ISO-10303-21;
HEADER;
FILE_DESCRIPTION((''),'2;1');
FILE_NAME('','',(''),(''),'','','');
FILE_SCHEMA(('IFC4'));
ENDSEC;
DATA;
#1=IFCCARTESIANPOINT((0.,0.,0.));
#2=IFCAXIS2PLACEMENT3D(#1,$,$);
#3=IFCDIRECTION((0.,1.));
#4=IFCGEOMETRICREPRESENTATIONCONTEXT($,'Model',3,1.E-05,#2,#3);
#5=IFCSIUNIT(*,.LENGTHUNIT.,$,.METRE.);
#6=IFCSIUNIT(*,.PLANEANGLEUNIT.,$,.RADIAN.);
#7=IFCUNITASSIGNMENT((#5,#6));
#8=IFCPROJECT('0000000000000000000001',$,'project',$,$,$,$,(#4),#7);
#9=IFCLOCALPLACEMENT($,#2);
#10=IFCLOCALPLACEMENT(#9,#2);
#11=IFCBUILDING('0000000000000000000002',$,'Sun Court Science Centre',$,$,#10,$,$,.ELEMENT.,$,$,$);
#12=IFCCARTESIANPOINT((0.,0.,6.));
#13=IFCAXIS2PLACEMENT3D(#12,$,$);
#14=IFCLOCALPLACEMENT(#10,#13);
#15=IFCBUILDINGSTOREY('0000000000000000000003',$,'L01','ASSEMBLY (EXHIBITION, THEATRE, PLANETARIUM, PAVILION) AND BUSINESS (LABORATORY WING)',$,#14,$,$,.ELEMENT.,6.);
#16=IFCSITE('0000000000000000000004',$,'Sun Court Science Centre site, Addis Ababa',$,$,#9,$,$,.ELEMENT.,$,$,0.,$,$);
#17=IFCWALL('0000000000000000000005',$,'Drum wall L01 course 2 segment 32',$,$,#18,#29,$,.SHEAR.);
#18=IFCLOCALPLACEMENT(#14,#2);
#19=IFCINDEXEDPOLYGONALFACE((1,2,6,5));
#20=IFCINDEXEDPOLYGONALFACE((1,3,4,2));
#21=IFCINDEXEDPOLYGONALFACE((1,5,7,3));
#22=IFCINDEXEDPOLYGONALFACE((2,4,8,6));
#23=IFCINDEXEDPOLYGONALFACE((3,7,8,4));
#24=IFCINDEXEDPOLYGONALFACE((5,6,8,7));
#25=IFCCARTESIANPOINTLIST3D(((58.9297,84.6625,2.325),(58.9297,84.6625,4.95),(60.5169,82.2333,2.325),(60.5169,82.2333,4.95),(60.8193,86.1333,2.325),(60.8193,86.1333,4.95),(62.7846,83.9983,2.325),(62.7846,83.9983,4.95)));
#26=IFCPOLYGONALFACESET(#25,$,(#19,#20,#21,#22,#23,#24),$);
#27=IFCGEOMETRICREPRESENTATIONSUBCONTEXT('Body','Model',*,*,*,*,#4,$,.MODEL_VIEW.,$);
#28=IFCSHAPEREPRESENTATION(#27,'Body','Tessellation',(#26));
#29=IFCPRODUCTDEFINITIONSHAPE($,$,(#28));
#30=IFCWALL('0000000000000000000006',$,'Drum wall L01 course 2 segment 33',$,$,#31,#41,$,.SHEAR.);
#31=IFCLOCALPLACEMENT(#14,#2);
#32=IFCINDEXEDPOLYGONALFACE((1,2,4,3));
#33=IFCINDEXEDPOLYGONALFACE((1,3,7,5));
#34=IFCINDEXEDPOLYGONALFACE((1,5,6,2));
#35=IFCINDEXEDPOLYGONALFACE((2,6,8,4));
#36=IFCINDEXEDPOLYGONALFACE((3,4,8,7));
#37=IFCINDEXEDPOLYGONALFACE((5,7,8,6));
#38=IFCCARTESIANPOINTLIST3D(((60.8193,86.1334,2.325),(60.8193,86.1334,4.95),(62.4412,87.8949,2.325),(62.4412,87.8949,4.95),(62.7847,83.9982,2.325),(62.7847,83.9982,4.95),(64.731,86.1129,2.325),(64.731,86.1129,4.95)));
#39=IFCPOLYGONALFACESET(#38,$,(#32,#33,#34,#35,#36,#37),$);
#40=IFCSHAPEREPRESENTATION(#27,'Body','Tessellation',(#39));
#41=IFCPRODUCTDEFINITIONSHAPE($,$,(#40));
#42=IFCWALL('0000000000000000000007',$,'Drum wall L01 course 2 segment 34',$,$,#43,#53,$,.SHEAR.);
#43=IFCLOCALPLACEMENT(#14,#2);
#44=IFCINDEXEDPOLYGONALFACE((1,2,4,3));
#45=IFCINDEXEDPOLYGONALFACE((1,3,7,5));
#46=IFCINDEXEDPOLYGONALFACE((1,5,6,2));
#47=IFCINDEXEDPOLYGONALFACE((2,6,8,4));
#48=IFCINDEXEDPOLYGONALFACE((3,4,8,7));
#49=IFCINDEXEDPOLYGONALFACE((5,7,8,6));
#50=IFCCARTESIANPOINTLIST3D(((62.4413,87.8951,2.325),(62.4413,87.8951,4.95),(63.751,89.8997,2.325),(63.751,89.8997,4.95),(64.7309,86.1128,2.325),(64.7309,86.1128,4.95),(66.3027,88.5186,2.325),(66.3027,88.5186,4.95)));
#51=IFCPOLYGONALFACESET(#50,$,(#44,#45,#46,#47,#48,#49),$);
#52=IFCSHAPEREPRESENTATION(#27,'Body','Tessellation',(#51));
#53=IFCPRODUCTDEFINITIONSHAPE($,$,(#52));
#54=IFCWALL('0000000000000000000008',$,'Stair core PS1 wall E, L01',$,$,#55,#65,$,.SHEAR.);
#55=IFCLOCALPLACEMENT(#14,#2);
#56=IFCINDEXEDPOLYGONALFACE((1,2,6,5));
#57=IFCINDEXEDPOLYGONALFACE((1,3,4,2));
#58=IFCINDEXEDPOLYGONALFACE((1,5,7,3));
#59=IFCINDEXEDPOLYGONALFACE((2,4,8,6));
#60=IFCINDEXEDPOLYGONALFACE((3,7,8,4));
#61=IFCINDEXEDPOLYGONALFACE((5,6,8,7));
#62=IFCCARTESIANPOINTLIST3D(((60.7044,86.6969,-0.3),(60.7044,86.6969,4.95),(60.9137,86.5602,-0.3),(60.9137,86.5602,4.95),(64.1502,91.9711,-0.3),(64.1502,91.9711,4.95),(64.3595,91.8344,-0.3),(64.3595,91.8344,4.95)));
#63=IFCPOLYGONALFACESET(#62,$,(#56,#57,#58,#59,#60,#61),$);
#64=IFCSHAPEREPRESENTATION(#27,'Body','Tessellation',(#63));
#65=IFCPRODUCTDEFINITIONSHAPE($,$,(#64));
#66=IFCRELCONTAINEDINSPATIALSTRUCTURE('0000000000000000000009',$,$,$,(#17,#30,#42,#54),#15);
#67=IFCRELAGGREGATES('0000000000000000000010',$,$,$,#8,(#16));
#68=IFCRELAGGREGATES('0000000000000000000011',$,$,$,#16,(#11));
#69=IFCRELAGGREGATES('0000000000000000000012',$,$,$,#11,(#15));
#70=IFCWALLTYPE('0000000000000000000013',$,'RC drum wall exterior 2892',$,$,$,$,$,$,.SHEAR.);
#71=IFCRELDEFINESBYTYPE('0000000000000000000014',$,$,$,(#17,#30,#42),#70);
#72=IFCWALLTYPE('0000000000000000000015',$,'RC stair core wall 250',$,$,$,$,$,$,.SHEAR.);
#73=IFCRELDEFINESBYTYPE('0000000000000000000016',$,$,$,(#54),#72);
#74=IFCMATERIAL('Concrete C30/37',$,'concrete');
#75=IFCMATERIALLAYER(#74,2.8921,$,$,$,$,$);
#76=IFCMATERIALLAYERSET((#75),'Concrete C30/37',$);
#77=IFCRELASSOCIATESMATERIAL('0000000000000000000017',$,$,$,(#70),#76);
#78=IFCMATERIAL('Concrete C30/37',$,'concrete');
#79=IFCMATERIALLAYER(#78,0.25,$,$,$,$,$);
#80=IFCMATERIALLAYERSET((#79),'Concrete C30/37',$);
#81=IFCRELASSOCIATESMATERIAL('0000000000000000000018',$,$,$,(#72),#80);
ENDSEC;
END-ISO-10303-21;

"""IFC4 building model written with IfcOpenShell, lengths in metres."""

from ifc_helpers import new_model, si_unit, direction, frame, frame_2d, origin, place, context, subcontext, project, spatial, polyline, rectangle, outline, extrude, material, layer, layer_set, type_object, element, save


model = new_model("IFC4")

# Units and contexts
model_context = context("Model", 3, precision=1e-05, world=origin(), true_north=direction((0.0, 1.0)))
body_context = subcontext(model_context, "Body", "Model", "MODEL_VIEW")
ifc_project = project(units=[si_unit("LENGTHUNIT", "METRE"), si_unit("PLANEANGLEUNIT", "RADIAN")], contexts=[model_context])

# Site, building, storey
site_placement = place(None, origin())
site = spatial("IfcSite", under=ifc_project, at=site_placement, Name="Sun Court Science Centre site, Addis Ababa", CompositionType="ELEMENT", RefElevation=0.0)
building_placement = place(site_placement, origin())
building = spatial("IfcBuilding", under=site, at=building_placement, Name="Sun Court Science Centre", CompositionType="ELEMENT")
storey_placement = place(building_placement, frame((0.0, 0.0, 6.0)))
storey = spatial("IfcBuildingStorey", under=building, at=storey_placement, Name="L01", Description="ASSEMBLY (EXHIBITION, THEATRE, PLANETARIUM, PAVILION) AND BUSINESS (LABORATORY WING)", CompositionType="ELEMENT", Elevation=6.0)

# Walls
ifc_material_1 = material(Name="Concrete C30/37", Category="concrete")
ifc_layer_1 = layer(ifc_material_1, 2.8921)
ifc_layer_set_1 = layer_set([ifc_layer_1], Name="Concrete C30/37")
wall_type_1 = type_object("IfcWallType", Name="RC drum wall exterior 2892", PredefinedType="SHEAR", material=ifc_layer_set_1)
wall_1_placement = place(storey_placement, frame((59.6289, 83.3743, 2.325), z_axis=(0.0, 0.0, 1.0), x_axis=(0.789137, 0.614217, 0.0)))
element("IfcWall", 1, at=wall_1_placement, inside=storey, type_object=wall_type_1, Name="Drum wall L01 course 2 segment 32", PredefinedType="SHEAR", context=body_context, shape_type="SweptSolid", body=[
    extrude(outline(polyline([(0.0, -1.4458), (2.8735, -1.4458), (2.634, 1.446), (0.2395, 1.446), (0.0, -1.4458)])), origin(), (0.0, 0.0, 1.0), 2.625),
])
wall_2_placement = place(storey_placement, frame((61.7209, 84.9778, 2.325), z_axis=(0.0, 0.0, 1.0), x_axis=(0.677277, 0.735728, 0.0)))
element("IfcWall", 2, at=wall_2_placement, inside=storey, type_object=wall_type_1, Name="Drum wall L01 course 2 segment 33", PredefinedType="SHEAR", context=body_context, shape_type="SweptSolid", body=[
    extrude(outline(polyline([(-0.0002, -1.446), (2.8738, -1.4458), (2.634, 1.4458), (0.2395, 1.446), (-0.0002, -1.446)])), origin(), (0.0, 0.0, 1.0), 2.625),
])
wall_3_placement = place(storey_placement, frame((63.5205, 86.9036, 2.325), z_axis=(0.0, 0.0, 1.0), x_axis=(0.546952, 0.837164, 0.0)))
element("IfcWall", 3, at=wall_3_placement, inside=storey, type_object=wall_type_1, Name="Drum wall L01 course 2 segment 34", PredefinedType="SHEAR", context=body_context, shape_type="SweptSolid", body=[
    extrude(outline(polyline([(0.0, -1.4458), (2.8738, -1.4458), (2.6343, 1.4458), (0.2397, 1.4458), (0.0, -1.4458)])), origin(), (0.0, 0.0, 1.0), 2.625),
])
ifc_material_2 = material(Name="Concrete C30/37", Category="concrete")
ifc_layer_2 = layer(ifc_material_2, 0.25)
ifc_layer_set_2 = layer_set([ifc_layer_2], Name="Concrete C30/37")
wall_type_2 = type_object("IfcWallType", Name="RC stair core wall 250", PredefinedType="SHEAR", material=ifc_layer_set_2)
wall_4_placement = place(storey_placement, frame((60.8091, 86.6287, -0.3), z_axis=(0.0, 0.0, 1.0), x_axis=(0.54695, 0.837165, 0.0)))
element("IfcWall", 4, at=wall_4_placement, inside=storey, type_object=wall_type_2, Name="Stair core PS1 wall E, L01", PredefinedType="SHEAR", context=body_context, shape_type="SweptSolid", body=[
    extrude(rectangle(XDim=6.3, YDim=0.25, at=frame_2d((3.1499, 0.0))), origin(), (0.0, 0.0, 1.0), 5.25),
])

save(model, "model.ifc")
